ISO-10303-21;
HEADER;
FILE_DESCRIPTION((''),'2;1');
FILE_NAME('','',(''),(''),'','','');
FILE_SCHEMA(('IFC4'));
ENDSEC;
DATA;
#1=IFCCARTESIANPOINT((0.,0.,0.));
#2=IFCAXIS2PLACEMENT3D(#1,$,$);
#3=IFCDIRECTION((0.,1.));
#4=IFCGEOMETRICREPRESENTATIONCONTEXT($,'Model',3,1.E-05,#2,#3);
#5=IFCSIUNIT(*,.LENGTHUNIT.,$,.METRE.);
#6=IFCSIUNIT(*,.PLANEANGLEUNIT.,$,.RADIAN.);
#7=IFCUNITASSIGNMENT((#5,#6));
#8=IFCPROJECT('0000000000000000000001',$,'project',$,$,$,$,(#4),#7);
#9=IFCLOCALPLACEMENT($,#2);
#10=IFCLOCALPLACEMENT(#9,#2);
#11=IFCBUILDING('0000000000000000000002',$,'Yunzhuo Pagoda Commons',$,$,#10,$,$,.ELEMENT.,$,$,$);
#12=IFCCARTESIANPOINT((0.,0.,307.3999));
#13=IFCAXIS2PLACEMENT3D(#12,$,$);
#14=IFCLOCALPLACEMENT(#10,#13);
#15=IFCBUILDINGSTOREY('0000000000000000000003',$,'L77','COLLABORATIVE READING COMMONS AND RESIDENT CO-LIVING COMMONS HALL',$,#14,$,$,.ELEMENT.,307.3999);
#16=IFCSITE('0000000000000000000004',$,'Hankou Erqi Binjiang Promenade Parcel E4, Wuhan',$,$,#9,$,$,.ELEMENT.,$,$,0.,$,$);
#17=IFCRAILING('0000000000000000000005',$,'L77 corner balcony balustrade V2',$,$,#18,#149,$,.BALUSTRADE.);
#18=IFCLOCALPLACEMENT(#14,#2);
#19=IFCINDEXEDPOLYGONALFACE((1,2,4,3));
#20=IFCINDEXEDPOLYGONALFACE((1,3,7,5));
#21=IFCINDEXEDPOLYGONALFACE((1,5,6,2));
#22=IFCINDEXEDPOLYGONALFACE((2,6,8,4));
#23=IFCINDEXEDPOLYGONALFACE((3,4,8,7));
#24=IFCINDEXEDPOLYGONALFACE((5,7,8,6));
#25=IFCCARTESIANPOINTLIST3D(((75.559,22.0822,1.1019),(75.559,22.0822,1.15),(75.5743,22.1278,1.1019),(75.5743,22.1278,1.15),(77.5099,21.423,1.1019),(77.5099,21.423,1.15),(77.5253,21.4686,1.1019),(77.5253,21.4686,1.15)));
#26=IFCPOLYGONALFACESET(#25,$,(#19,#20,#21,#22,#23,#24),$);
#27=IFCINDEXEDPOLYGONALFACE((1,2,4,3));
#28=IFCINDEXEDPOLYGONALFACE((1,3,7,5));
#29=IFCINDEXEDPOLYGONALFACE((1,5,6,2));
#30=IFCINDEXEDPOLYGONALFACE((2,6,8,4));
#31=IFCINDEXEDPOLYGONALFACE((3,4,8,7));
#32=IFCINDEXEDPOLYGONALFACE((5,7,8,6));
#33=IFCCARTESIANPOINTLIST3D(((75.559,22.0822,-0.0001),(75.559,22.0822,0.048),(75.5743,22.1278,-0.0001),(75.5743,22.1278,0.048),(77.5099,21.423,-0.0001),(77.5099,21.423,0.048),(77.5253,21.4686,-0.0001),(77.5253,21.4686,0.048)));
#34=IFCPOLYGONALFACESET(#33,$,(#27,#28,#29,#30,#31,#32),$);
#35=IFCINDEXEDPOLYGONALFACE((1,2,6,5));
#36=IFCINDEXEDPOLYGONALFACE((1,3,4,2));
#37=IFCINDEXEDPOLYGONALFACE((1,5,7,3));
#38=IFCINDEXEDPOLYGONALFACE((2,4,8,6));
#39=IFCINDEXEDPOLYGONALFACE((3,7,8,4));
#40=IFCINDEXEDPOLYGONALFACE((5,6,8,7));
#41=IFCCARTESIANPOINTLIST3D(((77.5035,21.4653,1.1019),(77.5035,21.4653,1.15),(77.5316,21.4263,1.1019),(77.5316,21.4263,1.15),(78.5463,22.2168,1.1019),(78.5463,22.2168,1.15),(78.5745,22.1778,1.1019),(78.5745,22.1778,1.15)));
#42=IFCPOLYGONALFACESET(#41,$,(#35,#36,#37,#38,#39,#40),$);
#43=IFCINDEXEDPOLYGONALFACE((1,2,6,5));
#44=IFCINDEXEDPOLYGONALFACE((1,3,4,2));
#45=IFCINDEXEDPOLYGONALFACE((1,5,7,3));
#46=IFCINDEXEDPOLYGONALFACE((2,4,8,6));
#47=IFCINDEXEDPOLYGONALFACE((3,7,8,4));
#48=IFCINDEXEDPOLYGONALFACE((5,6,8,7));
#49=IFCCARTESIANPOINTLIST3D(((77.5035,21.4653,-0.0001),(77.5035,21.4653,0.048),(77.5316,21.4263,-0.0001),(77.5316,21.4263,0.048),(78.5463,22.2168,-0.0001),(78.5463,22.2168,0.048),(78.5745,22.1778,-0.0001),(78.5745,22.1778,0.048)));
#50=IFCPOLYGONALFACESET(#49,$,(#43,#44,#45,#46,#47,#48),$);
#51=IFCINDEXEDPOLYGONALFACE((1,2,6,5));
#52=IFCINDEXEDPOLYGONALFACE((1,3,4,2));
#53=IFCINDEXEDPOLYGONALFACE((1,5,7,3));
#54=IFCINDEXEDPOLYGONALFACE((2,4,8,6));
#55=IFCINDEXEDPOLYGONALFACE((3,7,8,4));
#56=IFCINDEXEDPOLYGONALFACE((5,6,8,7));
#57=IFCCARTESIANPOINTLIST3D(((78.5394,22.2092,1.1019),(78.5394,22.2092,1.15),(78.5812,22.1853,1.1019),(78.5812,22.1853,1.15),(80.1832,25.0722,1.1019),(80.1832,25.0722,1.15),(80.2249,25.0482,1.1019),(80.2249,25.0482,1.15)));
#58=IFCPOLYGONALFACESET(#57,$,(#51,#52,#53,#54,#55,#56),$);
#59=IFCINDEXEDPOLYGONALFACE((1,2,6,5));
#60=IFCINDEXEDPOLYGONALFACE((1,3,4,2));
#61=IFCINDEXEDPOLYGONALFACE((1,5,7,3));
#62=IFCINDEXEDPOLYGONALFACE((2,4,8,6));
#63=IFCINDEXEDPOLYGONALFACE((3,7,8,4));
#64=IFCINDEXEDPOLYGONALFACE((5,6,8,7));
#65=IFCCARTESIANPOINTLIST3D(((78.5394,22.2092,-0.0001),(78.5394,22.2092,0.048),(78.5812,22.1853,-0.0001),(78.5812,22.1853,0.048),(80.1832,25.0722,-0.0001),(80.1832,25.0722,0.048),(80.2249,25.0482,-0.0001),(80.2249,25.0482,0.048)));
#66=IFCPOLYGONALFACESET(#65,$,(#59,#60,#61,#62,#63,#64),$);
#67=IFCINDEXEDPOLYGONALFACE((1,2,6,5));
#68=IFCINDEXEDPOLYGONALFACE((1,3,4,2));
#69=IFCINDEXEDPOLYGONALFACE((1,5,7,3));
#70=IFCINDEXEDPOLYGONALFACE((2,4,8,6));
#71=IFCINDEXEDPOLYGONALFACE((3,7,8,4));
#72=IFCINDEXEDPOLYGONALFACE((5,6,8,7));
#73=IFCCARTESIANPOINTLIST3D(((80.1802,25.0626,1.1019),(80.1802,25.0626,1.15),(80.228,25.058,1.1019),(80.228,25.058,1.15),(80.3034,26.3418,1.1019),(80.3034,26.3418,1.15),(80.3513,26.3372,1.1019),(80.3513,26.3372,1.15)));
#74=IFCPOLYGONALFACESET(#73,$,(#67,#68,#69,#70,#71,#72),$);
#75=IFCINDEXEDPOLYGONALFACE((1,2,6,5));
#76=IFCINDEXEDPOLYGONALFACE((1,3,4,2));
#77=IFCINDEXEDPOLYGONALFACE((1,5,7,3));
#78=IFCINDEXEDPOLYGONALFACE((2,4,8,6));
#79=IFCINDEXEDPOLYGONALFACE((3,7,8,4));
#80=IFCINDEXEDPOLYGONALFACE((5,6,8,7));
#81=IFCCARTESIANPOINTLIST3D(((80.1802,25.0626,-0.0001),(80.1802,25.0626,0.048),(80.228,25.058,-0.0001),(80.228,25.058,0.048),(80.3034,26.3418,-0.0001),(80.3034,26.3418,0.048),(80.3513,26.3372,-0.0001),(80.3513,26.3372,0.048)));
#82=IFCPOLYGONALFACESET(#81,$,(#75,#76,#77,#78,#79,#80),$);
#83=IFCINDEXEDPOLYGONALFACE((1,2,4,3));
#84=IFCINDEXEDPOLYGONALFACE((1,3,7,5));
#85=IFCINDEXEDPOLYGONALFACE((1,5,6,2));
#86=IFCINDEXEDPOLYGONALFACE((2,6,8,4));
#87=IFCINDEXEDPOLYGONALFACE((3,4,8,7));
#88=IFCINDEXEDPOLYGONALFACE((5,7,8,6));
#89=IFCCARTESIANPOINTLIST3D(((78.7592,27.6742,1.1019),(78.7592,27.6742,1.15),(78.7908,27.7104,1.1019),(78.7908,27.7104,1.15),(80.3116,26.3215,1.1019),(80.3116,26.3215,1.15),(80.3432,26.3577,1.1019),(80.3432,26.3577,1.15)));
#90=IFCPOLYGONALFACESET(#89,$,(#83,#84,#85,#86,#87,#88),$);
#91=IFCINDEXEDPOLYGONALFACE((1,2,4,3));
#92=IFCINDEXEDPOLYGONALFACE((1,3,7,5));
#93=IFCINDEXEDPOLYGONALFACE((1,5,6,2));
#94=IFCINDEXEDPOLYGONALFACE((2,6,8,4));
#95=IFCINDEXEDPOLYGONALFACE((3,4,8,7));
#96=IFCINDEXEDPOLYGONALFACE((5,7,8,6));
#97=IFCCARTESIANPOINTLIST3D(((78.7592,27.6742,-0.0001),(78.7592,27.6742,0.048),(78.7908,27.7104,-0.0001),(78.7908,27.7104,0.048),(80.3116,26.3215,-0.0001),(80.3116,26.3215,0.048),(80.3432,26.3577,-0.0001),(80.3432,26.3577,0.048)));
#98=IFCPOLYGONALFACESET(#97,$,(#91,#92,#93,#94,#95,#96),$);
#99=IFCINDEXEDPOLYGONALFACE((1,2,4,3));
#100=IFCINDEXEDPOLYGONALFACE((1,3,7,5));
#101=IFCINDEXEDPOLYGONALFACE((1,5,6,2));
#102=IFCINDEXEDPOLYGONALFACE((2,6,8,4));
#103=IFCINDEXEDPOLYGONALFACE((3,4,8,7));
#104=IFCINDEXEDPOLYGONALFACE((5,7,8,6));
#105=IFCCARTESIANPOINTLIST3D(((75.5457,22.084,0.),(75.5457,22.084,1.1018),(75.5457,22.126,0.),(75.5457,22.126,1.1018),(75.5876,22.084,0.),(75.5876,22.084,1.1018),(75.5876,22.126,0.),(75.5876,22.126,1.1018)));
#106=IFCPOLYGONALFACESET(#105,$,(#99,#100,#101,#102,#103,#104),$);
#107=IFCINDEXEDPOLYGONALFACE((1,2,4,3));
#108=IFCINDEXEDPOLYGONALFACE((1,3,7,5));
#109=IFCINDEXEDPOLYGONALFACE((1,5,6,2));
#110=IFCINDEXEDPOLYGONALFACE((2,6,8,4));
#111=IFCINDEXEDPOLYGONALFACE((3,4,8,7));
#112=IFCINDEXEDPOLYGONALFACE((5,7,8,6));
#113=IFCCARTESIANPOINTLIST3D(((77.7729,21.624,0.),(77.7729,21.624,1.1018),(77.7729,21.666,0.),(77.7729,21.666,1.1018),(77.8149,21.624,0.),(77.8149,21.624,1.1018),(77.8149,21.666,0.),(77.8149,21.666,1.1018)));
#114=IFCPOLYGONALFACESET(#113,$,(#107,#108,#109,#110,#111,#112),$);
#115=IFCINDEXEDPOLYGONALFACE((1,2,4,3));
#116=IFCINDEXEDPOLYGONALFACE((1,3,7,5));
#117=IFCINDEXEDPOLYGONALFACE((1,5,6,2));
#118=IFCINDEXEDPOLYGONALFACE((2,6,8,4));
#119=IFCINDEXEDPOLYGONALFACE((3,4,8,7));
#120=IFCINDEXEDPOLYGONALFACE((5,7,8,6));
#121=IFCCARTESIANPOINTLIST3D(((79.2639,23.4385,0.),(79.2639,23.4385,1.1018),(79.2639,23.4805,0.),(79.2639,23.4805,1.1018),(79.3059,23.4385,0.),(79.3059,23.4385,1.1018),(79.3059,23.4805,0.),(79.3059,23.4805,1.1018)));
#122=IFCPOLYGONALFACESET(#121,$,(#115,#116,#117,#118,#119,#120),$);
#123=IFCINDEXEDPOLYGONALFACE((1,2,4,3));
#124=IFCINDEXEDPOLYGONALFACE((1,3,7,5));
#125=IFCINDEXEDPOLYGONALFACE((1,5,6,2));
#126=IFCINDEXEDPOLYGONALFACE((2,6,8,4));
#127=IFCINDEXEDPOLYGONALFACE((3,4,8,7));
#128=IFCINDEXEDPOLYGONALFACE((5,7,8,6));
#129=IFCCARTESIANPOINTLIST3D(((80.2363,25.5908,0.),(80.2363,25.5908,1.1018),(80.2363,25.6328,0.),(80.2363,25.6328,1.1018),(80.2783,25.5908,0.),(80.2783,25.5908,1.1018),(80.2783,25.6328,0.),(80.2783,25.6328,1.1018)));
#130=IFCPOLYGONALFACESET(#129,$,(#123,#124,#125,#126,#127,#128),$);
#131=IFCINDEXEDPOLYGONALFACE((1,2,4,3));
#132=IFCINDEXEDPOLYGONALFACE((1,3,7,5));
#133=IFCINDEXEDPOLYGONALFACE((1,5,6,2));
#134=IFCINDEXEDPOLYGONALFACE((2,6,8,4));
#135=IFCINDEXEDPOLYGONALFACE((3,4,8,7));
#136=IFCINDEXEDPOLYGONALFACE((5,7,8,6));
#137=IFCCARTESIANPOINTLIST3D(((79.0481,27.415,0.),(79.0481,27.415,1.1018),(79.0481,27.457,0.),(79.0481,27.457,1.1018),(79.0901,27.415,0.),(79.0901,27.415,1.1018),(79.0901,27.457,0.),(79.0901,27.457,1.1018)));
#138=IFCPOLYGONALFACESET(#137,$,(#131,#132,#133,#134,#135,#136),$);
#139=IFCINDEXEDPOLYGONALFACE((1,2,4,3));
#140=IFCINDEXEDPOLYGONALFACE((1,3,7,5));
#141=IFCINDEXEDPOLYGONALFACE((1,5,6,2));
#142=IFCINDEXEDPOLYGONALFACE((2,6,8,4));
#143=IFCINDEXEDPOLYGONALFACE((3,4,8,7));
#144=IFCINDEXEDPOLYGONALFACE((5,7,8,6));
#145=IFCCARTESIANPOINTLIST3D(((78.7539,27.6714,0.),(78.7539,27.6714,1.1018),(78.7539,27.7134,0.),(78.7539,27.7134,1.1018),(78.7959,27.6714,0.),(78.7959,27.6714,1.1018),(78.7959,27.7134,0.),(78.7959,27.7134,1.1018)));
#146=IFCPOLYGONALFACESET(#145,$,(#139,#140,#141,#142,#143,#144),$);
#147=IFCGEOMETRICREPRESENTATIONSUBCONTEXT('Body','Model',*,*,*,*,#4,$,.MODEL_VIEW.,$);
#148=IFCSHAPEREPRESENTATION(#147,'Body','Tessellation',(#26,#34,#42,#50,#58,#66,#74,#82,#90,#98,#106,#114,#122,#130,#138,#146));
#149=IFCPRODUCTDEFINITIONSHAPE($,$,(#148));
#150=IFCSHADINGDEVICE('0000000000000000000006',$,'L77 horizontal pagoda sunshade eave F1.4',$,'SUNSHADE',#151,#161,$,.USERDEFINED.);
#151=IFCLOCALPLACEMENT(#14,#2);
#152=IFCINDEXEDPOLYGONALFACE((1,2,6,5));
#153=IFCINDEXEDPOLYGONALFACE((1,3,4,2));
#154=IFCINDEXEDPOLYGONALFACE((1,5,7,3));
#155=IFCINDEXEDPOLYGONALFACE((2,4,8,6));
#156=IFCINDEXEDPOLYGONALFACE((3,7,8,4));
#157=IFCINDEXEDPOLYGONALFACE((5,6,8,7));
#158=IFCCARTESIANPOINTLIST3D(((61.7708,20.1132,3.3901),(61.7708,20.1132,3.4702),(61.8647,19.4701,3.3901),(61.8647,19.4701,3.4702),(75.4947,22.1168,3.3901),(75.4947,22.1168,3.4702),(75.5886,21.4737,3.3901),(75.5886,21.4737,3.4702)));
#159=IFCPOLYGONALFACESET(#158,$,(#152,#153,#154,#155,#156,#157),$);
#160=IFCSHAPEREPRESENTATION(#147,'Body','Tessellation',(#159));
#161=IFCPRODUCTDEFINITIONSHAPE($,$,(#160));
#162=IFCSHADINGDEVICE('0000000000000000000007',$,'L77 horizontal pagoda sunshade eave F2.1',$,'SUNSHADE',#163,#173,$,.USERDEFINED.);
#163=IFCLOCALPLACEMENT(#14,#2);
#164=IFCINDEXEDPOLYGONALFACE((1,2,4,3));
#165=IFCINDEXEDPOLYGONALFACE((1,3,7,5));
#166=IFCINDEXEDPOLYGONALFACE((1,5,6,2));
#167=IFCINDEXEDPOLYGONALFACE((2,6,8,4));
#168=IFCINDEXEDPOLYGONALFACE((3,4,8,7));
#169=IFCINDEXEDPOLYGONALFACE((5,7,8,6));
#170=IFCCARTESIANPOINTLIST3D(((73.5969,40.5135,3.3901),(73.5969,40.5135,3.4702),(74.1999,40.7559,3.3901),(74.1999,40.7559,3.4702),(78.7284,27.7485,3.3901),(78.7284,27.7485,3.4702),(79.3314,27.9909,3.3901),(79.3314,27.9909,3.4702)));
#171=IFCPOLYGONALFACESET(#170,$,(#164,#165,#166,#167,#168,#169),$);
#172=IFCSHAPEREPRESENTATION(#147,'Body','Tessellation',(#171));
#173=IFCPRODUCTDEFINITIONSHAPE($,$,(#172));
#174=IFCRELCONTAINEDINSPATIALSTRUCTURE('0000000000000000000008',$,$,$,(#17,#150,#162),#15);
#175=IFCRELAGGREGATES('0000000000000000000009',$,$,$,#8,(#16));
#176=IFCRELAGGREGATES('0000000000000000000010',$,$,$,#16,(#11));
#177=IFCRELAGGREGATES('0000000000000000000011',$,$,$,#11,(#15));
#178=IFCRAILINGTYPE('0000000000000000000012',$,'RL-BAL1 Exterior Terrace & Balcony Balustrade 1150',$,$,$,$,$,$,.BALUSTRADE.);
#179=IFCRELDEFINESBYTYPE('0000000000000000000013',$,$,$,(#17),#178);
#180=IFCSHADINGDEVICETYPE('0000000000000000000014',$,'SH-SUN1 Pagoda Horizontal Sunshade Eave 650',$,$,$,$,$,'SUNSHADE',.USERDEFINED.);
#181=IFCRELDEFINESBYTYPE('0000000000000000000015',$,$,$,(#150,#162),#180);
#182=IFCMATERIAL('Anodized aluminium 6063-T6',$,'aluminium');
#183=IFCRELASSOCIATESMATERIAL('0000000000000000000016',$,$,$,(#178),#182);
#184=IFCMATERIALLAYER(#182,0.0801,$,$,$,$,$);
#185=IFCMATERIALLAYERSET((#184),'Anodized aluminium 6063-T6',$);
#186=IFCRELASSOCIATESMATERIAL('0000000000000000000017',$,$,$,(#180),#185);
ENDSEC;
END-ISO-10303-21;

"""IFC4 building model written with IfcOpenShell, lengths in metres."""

from ifc_helpers import new_model, si_unit, direction, frame, origin, origin_2d, place, context, subcontext, project, spatial, rectangle, extrude, source, transform, mapped, material, layer, layer_set, type_object, element, save


model = new_model("IFC4")

# Units and contexts
model_context = context("Model", 3, precision=1e-05, world=origin(), true_north=direction((0.0, 1.0)))
body_context = subcontext(model_context, "Body", "Model", "MODEL_VIEW")
ifc_project = project(units=[si_unit("LENGTHUNIT", "METRE"), si_unit("PLANEANGLEUNIT", "RADIAN")], contexts=[model_context])

# Site, building, storey
site_placement = place(None, origin())
site = spatial("IfcSite", under=ifc_project, at=site_placement, Name="Hankou Erqi Binjiang Promenade Parcel E4, Wuhan", CompositionType="ELEMENT", RefElevation=0.0)
building_placement = place(site_placement, origin())
building = spatial("IfcBuilding", under=site, at=building_placement, Name="Yunzhuo Pagoda Commons", CompositionType="ELEMENT")
storey_placement = place(building_placement, frame((0.0, 0.0, 307.3999)))
storey = spatial("IfcBuildingStorey", under=building, at=storey_placement, Name="L77", Description="COLLABORATIVE READING COMMONS AND RESIDENT CO-LIVING COMMONS HALL", CompositionType="ELEMENT", Elevation=307.3999)

# Shared definitions
ifc_material_1 = material(Name="Anodized aluminium 6063-T6", Category="aluminium")

# Railing
railing_type = type_object("IfcRailingType", Name="RL-BAL1 Exterior Terrace & Balcony Balustrade 1150", PredefinedType="BALUSTRADE", material=ifc_material_1)
railing_placement = place(storey_placement, frame((75.5667, 22.105, 0.0)))
element("IfcRailing", 1, at=railing_placement, inside=storey, type_object=railing_type, Name="L77 corner balcony balustrade V2", PredefinedType="BALUSTRADE", context=body_context, shape_type="SweptSolid", body=[
    extrude(rectangle(XDim=0.0481, YDim=0.0481, at=origin_2d()), frame((0.0, 0.0, 1.126), z_axis=(0.947383, -0.320102, 0.0), x_axis=(0.320102, 0.947383, 0.0)), (0.0, 0.0, 1.0), 2.0593),
    extrude(rectangle(XDim=0.0481, YDim=0.0481, at=origin_2d()), frame((0.0, 0.0, 0.0239), z_axis=(0.947383, -0.320102, 0.0), x_axis=(0.320102, 0.947383, 0.0)), (0.0, 0.0, 1.0), 2.0593),
    extrude(rectangle(XDim=0.0481, YDim=0.0481, at=origin_2d()), frame((1.9509, -0.6592, 1.126), z_axis=(0.811275, 0.584665, 0.0), x_axis=(-0.584665, 0.811275, 0.0)), (0.0, 0.0, 1.0), 1.2854),
    extrude(rectangle(XDim=0.0481, YDim=0.0481, at=origin_2d()), frame((1.9509, -0.6592, 0.0239), z_axis=(0.811275, 0.584665, 0.0), x_axis=(-0.584665, 0.811275, 0.0)), (0.0, 0.0, 1.0), 1.2854),
    extrude(rectangle(XDim=0.0481, YDim=0.0481, at=origin_2d()), frame((2.9937, 0.0923, 1.126), z_axis=(0.497914, 0.867226, 0.0), x_axis=(-0.867226, 0.497914, 0.0)), (0.0, 0.0, 1.0), 3.3013),
    extrude(rectangle(XDim=0.0481, YDim=0.0481, at=origin_2d()), frame((2.9937, 0.0923, 0.0239), z_axis=(0.497914, 0.867226, 0.0), x_axis=(-0.867226, 0.497914, 0.0)), (0.0, 0.0, 1.0), 3.3013),
    extrude(rectangle(XDim=0.0481, YDim=0.0481, at=origin_2d()), frame((4.6375, 2.9553, 1.126), z_axis=(0.09593, 0.995388, 0.0), x_axis=(-0.995388, 0.09593, 0.0)), (0.0, 0.0, 1.0), 1.2852),
    extrude(rectangle(XDim=0.0481, YDim=0.0481, at=origin_2d()), frame((4.6375, 2.9553, 0.0239), z_axis=(0.09593, 0.995388, 0.0), x_axis=(-0.995388, 0.09593, 0.0)), (0.0, 0.0, 1.0), 1.2852),
    extrude(rectangle(XDim=0.0481, YDim=0.0481, at=origin_2d()), frame((4.7607, 4.2346, 1.126), z_axis=(-0.753934, 0.65695, 0.0), x_axis=(-0.65695, -0.753934, 0.0)), (0.0, 0.0, 1.0), 2.0591),
    extrude(rectangle(XDim=0.0481, YDim=0.0481, at=origin_2d()), frame((4.7607, 4.2346, 0.0239), z_axis=(-0.753934, 0.65695, 0.0), x_axis=(-0.65695, -0.753934, 0.0)), (0.0, 0.0, 1.0), 2.0591),
    extrude(rectangle(XDim=0.042, YDim=0.042, at=origin_2d()), origin(), (0.0, 0.0, 1.0), 1.1018),
    extrude(rectangle(XDim=0.042, YDim=0.042, at=origin_2d()), frame((2.2273, -0.46, 0.0)), (0.0, 0.0, 1.0), 1.1018),
    extrude(rectangle(XDim=0.042, YDim=0.042, at=origin_2d()), frame((3.7183, 1.3545, 0.0)), (0.0, 0.0, 1.0), 1.1018),
    extrude(rectangle(XDim=0.042, YDim=0.042, at=origin_2d()), frame((4.6907, 3.5068, 0.0)), (0.0, 0.0, 1.0), 1.1018),
    extrude(rectangle(XDim=0.042, YDim=0.042, at=origin_2d()), frame((3.5024, 5.3311, 0.0)), (0.0, 0.0, 1.0), 1.1018),
    extrude(rectangle(XDim=0.042, YDim=0.042, at=origin_2d()), frame((3.2083, 5.5874, 0.0)), (0.0, 0.0, 1.0), 1.1018),
])

# Shading devices
ifc_layer_1 = layer(ifc_material_1, 0.0801)
ifc_layer_set_1 = layer_set([ifc_layer_1], Name="Anodized aluminium 6063-T6")
shading_device_type = type_object("IfcShadingDeviceType", Name="SH-SUN1 Pagoda Horizontal Sunshade Eave 650", ElementType="SUNSHADE", PredefinedType="USERDEFINED", material=ifc_layer_set_1)
shared_shape_1 = source(origin(), body_context, "Body", "SweptSolid", [
    extrude(rectangle(XDim=13.8694, YDim=0.6499, at=origin_2d()), origin(), (0.0, 0.0, 1.0), 0.0801),
])
shading_device_1_placement = place(storey_placement, frame((68.6797, 20.7935, 3.3901), z_axis=(0.0, 0.0, 1.0), x_axis=(0.989511, 0.14446, 0.0)))
element("IfcShadingDevice", 2, at=shading_device_1_placement, inside=storey, type_object=shading_device_type, Name="L77 horizontal pagoda sunshade eave F1.4", ObjectType="SUNSHADE", PredefinedType="USERDEFINED", context=body_context, shape_type="MappedRepresentation", body=[
    mapped(shared_shape_1, transform((0.0, 0.0, 0.0), scale=1.0)),
])
shared_shape_2 = source(origin(), body_context, "Body", "SweptSolid", [
    extrude(rectangle(XDim=13.7578, YDim=0.6499, at=origin_2d()), origin(), (0.0, 0.0, 1.0), 0.0801),
])
shading_device_2_placement = place(storey_placement, frame((76.4641, 34.2522, 3.3901), z_axis=(0.0, 0.0, 1.0), x_axis=(-0.372988, 0.927836, 0.0)))
element("IfcShadingDevice", 3, at=shading_device_2_placement, inside=storey, type_object=shading_device_type, Name="L77 horizontal pagoda sunshade eave F2.1", ObjectType="SUNSHADE", PredefinedType="USERDEFINED", context=body_context, shape_type="MappedRepresentation", body=[
    mapped(shared_shape_2, transform((0.0, 0.0, 0.0), scale=1.0)),
])

save(model, "model.ifc")
